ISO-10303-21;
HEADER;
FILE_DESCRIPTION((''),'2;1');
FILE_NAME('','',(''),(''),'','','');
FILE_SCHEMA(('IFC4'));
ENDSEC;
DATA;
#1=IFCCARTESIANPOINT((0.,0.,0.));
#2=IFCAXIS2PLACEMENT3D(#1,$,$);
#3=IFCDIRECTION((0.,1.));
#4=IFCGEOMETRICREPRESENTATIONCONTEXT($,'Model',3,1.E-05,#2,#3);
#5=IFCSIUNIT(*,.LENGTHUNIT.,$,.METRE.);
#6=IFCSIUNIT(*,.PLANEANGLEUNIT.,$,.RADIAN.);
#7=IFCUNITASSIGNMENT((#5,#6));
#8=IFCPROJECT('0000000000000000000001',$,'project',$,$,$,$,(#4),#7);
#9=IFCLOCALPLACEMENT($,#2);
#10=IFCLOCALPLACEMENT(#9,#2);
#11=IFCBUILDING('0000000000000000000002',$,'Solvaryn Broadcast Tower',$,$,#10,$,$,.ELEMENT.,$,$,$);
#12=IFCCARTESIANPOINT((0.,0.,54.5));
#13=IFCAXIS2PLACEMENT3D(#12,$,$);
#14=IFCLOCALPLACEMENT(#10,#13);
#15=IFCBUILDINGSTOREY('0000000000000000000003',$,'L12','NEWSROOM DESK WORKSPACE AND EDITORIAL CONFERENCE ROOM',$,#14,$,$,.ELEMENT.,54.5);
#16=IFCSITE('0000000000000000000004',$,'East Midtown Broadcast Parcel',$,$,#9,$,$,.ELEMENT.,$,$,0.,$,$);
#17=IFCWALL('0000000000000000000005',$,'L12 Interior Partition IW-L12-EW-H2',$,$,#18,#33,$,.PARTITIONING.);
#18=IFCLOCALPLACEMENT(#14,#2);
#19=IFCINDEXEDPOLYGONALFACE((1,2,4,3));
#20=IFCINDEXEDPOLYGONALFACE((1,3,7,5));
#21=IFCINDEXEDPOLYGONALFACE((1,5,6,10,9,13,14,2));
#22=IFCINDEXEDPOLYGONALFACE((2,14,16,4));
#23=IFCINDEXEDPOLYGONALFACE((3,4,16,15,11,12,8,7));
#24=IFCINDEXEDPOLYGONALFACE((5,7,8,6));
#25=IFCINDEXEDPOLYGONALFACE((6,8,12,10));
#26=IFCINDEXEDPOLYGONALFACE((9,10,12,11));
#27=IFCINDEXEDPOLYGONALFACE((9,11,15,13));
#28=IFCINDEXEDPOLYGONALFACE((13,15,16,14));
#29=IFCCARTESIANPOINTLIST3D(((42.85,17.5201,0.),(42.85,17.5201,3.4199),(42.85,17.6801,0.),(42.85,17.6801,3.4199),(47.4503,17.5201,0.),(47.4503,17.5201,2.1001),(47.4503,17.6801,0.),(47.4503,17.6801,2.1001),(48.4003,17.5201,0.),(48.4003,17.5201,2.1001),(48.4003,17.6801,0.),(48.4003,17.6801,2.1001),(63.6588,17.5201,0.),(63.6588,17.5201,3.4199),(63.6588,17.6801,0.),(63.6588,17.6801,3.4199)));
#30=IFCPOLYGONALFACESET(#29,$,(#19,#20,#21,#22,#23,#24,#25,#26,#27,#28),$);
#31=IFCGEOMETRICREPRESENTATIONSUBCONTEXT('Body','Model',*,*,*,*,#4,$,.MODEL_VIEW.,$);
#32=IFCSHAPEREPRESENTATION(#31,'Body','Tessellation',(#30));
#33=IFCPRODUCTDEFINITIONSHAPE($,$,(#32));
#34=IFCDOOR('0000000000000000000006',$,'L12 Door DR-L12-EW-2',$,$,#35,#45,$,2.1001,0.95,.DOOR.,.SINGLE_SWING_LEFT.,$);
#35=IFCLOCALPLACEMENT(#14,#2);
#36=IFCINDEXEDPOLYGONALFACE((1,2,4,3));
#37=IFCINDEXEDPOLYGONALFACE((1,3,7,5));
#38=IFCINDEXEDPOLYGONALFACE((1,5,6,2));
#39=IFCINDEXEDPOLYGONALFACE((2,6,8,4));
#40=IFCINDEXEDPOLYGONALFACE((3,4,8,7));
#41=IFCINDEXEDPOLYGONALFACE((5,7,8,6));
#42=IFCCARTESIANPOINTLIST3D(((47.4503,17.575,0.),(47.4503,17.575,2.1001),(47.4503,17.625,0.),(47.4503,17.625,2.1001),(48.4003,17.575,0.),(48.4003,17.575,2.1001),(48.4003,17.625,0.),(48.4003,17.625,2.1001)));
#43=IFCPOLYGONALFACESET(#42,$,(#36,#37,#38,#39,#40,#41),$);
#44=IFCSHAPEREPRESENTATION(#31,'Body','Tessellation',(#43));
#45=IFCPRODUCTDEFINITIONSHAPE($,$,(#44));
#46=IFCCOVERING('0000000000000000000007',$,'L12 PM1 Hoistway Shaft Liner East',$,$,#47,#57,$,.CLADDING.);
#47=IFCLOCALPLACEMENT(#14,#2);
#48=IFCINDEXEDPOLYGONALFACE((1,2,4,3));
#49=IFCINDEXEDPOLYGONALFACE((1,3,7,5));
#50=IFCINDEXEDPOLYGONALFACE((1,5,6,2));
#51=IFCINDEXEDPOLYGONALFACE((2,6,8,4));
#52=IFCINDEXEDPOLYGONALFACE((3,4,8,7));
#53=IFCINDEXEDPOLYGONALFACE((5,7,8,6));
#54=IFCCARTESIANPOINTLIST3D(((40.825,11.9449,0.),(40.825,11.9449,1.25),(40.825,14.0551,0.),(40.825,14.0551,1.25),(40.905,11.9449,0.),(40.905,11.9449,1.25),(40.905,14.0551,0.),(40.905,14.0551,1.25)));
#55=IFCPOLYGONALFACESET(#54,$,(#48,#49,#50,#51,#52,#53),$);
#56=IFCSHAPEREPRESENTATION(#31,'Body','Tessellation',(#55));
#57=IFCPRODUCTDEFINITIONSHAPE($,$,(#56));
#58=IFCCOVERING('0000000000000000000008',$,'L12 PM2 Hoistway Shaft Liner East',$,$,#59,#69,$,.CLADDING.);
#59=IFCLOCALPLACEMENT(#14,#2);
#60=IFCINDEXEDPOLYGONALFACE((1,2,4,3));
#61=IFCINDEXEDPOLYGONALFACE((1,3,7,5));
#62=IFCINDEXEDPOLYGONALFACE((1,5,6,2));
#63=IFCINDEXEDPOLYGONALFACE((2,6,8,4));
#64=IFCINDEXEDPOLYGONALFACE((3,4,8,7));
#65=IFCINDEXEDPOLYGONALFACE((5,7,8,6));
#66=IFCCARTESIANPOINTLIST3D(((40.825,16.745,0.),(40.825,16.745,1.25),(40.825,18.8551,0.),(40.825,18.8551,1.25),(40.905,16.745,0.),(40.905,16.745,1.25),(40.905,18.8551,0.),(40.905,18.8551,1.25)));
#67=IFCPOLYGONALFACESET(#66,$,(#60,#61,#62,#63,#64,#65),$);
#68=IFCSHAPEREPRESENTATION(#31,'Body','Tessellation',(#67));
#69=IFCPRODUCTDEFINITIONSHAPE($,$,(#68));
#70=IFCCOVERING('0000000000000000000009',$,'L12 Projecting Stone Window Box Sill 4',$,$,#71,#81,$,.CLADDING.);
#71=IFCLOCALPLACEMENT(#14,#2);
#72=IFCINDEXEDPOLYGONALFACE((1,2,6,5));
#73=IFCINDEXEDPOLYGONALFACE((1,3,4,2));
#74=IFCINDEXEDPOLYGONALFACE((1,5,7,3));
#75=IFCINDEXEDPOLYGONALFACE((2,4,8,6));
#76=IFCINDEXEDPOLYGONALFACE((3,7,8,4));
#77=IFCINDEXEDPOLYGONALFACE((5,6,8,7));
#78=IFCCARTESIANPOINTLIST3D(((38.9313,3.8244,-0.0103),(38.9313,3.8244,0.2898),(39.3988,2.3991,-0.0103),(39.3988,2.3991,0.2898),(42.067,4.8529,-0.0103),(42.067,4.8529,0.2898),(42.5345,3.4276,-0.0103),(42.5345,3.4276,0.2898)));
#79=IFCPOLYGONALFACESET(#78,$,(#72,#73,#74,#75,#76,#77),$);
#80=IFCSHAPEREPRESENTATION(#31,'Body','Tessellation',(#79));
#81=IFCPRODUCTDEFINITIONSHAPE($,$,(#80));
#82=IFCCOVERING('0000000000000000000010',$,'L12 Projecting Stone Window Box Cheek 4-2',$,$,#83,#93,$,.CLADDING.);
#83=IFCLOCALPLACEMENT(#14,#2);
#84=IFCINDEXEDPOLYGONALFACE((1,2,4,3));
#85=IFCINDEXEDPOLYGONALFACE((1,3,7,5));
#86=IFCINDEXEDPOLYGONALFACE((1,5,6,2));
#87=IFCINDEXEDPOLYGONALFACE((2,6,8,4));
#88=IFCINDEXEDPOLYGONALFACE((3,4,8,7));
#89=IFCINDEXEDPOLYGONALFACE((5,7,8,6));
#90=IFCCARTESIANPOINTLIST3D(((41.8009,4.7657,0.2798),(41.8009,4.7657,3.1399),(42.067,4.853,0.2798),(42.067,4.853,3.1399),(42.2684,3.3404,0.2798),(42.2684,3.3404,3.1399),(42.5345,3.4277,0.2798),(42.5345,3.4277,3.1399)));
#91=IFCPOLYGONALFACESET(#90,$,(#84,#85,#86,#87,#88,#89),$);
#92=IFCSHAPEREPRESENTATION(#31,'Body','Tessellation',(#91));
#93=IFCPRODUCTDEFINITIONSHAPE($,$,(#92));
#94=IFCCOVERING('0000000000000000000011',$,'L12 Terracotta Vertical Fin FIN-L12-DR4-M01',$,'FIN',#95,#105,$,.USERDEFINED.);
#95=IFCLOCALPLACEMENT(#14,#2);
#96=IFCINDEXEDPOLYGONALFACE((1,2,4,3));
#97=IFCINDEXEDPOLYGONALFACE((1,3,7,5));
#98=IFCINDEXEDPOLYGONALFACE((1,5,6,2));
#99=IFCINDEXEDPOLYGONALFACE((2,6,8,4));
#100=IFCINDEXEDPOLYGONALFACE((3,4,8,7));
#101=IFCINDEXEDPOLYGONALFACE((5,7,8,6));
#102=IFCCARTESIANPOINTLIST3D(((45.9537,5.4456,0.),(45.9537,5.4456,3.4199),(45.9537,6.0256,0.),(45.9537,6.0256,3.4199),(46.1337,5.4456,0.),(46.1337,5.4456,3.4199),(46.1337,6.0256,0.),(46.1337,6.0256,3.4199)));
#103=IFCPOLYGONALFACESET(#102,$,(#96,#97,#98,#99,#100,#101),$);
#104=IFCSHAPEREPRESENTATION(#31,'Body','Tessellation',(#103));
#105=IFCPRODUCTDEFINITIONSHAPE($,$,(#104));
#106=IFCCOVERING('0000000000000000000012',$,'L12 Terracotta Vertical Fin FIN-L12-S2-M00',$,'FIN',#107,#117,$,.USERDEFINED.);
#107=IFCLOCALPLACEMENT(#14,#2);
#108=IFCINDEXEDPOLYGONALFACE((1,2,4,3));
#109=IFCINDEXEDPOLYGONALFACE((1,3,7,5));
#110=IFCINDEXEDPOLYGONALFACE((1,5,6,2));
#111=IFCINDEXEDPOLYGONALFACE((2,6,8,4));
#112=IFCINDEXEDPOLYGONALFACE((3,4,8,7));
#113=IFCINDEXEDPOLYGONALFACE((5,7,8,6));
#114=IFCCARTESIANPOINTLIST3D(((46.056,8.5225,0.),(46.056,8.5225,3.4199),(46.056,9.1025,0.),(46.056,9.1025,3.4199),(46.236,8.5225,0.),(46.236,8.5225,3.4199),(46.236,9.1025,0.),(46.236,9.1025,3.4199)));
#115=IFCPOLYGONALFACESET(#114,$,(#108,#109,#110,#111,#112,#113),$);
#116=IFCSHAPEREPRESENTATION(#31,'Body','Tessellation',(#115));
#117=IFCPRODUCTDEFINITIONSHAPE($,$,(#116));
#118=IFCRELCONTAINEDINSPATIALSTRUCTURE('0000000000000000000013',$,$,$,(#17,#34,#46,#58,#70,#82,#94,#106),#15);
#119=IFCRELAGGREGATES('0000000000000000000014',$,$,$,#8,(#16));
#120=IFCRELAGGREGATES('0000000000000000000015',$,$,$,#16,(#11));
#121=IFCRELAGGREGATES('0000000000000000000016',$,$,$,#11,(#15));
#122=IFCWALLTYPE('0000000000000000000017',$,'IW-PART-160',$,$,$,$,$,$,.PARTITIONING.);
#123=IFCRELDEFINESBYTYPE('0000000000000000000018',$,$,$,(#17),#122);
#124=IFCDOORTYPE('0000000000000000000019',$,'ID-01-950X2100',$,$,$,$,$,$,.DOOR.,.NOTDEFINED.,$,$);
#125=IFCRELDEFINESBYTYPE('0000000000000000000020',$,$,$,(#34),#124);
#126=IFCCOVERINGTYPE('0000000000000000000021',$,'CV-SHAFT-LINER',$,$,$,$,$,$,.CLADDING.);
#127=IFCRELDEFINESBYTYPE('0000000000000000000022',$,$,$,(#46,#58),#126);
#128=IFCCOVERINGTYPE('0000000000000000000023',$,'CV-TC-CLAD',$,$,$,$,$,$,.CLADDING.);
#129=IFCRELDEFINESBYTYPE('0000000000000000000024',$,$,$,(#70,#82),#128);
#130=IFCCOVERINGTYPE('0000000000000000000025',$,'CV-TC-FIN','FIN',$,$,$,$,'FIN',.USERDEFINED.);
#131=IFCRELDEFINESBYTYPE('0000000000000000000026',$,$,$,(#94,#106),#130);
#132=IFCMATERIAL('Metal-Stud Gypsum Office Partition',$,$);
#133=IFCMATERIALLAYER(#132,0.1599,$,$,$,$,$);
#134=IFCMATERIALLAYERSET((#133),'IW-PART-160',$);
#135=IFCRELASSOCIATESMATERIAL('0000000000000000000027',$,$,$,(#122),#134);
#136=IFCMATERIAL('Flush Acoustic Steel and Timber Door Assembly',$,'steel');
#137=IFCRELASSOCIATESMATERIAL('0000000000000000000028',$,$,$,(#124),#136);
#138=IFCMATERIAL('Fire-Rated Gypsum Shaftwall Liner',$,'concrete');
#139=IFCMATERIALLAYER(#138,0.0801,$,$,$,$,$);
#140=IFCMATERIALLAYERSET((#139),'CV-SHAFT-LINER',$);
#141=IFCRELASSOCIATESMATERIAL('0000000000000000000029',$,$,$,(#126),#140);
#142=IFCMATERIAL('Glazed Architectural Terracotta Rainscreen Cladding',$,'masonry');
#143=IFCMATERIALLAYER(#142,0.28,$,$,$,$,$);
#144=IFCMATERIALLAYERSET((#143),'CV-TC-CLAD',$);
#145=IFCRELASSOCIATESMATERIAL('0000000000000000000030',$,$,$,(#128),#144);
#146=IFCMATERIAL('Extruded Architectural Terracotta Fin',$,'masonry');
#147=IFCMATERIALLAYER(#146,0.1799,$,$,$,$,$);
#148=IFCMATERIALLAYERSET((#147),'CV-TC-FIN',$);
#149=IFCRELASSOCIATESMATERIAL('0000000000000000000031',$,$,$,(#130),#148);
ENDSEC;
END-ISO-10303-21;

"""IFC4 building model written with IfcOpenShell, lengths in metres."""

from ifc_helpers import new_model, si_unit, direction, frame, frame_2d, origin, origin_2d, place, context, subcontext, project, spatial, rectangle, extrude, material, layer, layer_set, type_object, element, fill, save


model = new_model("IFC4")

# Units and contexts
model_context = context("Model", 3, precision=1e-05, world=origin(), true_north=direction((0.0, 1.0)))
body_context = subcontext(model_context, "Body", "Model", "MODEL_VIEW")
ifc_project = project(units=[si_unit("LENGTHUNIT", "METRE"), si_unit("PLANEANGLEUNIT", "RADIAN")], contexts=[model_context])

# Site, building, storey
site_placement = place(None, origin())
site = spatial("IfcSite", under=ifc_project, at=site_placement, Name="East Midtown Broadcast Parcel", CompositionType="ELEMENT", RefElevation=0.0)
building_placement = place(site_placement, origin())
building = spatial("IfcBuilding", under=site, at=building_placement, Name="Solvaryn Broadcast Tower", CompositionType="ELEMENT")
storey_placement = place(building_placement, frame((0.0, 0.0, 54.5)))
storey = spatial("IfcBuildingStorey", under=building, at=storey_placement, Name="L12", Description="NEWSROOM DESK WORKSPACE AND EDITORIAL CONFERENCE ROOM", CompositionType="ELEMENT", Elevation=54.5)

# Shared definitions
ifc_material_1 = material(Name="Metal-Stud Gypsum Office Partition")
ifc_layer_1 = layer(ifc_material_1, 0.1599)
ifc_layer_set_1 = layer_set([ifc_layer_1], Name="IW-PART-160")
wall_type_1 = type_object("IfcWallType", Name="IW-PART-160", PredefinedType="PARTITIONING", material=ifc_layer_set_1)

# Wall, opening, door
wall_1_placement = place(storey_placement, frame((42.8501, 17.6001, 0.0), z_axis=(0.0, 0.0, 1.0), x_axis=(1.0, 0.0, 0.0)))
wall_1 = element("IfcWall", 1, at=wall_1_placement, inside=storey, type_object=wall_type_1, Name="L12 Interior Partition IW-L12-EW-H2", PredefinedType="PARTITIONING", context=body_context, shape_type="SweptSolid", body=[
    extrude(rectangle(XDim=20.8088, YDim=0.1599, at=frame_2d((10.4043, 0.0))), origin(), (0.0, 0.0, 1.0), 3.4199),
])
opening_1_placement = place(wall_1_placement, frame((4.6001, 0.0, 0.0)))
opening_1 = element("IfcOpeningElement", 2, at=opening_1_placement, cuts=wall_1, PredefinedType="OPENING", context=body_context, shape_type="SweptSolid", body=[
    extrude(rectangle(XDim=0.95, YDim=2.1001, at=frame_2d((0.4751, 1.05))), frame((0.0, 0.0901, 0.0), z_axis=(0.0, -1.0, 0.0), x_axis=(1.0, 0.0, 0.0)), (0.0, 0.0, 1.0), 0.1799),
])
ifc_material_2 = material(Name="Flush Acoustic Steel and Timber Door Assembly", Category="steel")
door_type_1 = type_object("IfcDoorType", Name="ID-01-950X2100", OperationType="NOTDEFINED", PredefinedType="DOOR", material=ifc_material_2)
door_1_placement = place(opening_1_placement, origin())
door_1 = element("IfcDoor", 3, at=door_1_placement, inside=storey, type_object=door_type_1, Name="L12 Door DR-L12-EW-2", OperationType="SINGLE_SWING_LEFT", OverallHeight=2.1001, OverallWidth=0.95, PredefinedType="DOOR", context=body_context, shape_type="SweptSolid", body=[
    extrude(rectangle(XDim=0.95, YDim=2.1001, at=frame_2d((0.4751, 1.05))), frame((0.0, 0.0249, 0.0), z_axis=(0.0, -1.0, 0.0), x_axis=(1.0, 0.0, 0.0)), (0.0, 0.0, 1.0), 0.05),
])
fill(opening_1, door_1)

# Coverings
ifc_material_3 = material(Name="Fire-Rated Gypsum Shaftwall Liner", Category="concrete")
ifc_layer_2 = layer(ifc_material_3, 0.0801)
ifc_layer_set_2 = layer_set([ifc_layer_2], Name="CV-SHAFT-LINER")
covering_type_1 = type_object("IfcCoveringType", Name="CV-SHAFT-LINER", PredefinedType="CLADDING", material=ifc_layer_set_2)
for number, where, z_axis, x_axis, name in (
    (4, (40.865, 13.0, 0.0), (0.0, 0.0, 1.0), (1.0, 0.0, 0.0), "L12 PM1 Hoistway Shaft Liner East"),
    (5, (40.865, 17.8, 0.0), (0.0, 0.0, 1.0), (1.0, 0.0, 0.0), "L12 PM2 Hoistway Shaft Liner East"),
):
    element("IfcCovering", number, at=place(storey_placement, frame(where, z_axis=z_axis, x_axis=x_axis)), inside=storey, type_object=covering_type_1, Name=name, PredefinedType="CLADDING", context=body_context, shape_type="SweptSolid", body=[
        extrude(rectangle(XDim=0.0801, YDim=2.1101, at=origin_2d()), origin(), (0.0, 0.0, 1.0), 1.25),
    ])
ifc_material_4 = material(Name="Glazed Architectural Terracotta Rainscreen Cladding", Category="masonry")
ifc_layer_3 = layer(ifc_material_4, 0.28)
ifc_layer_set_3 = layer_set([ifc_layer_3], Name="CV-TC-CLAD")
covering_type_2 = type_object("IfcCoveringType", Name="CV-TC-CLAD", PredefinedType="CLADDING", material=ifc_layer_set_3)
covering_1_placement = place(storey_placement, frame((40.7329, 3.626, -0.0103), z_axis=(0.0, 0.0, 1.0), x_axis=(0.95019, 0.311672, 0.0)))
element("IfcCovering", 6, at=covering_1_placement, inside=storey, type_object=covering_type_2, Name="L12 Projecting Stone Window Box Sill 4", PredefinedType="CLADDING", context=body_context, shape_type="SweptSolid", body=[
    extrude(rectangle(XDim=3.3, YDim=1.5, at=origin_2d()), origin(), (0.0, 0.0, 1.0), 0.3),
])
covering_2_placement = place(storey_placement, frame((42.1677, 4.0967, 0.2798), z_axis=(0.0, 0.0, 1.0), x_axis=(0.95019, 0.311672, 0.0)))
element("IfcCovering", 7, at=covering_2_placement, inside=storey, type_object=covering_type_2, Name="L12 Projecting Stone Window Box Cheek 4-2", PredefinedType="CLADDING", context=body_context, shape_type="SweptSolid", body=[
    extrude(rectangle(XDim=0.28, YDim=1.5, at=origin_2d()), origin(), (0.0, 0.0, 1.0), 2.8601),
])
ifc_material_5 = material(Name="Extruded Architectural Terracotta Fin", Category="masonry")
ifc_layer_4 = layer(ifc_material_5, 0.1799)
ifc_layer_set_4 = layer_set([ifc_layer_4], Name="CV-TC-FIN")
covering_type_3 = type_object("IfcCoveringType", Name="CV-TC-FIN", Description="FIN", ElementType="FIN", PredefinedType="USERDEFINED", material=ifc_layer_set_4)
for number, where, z_axis, x_axis, name in (
    (8, (46.0437, 5.7356, 0.0), (0.0, 0.0, 1.0), (1.0, 0.0, 0.0), "L12 Terracotta Vertical Fin FIN-L12-DR4-M01"),
    (9, (46.146, 8.8125, 0.0), (0.0, 0.0, 1.0), (1.0, 0.0, 0.0), "L12 Terracotta Vertical Fin FIN-L12-S2-M00"),
):
    element("IfcCovering", number, at=place(storey_placement, frame(where, z_axis=z_axis, x_axis=x_axis)), inside=storey, type_object=covering_type_3, Name=name, ObjectType="FIN", PredefinedType="USERDEFINED", context=body_context, shape_type="SweptSolid", body=[
        extrude(rectangle(XDim=0.1799, YDim=0.5801, at=origin_2d()), origin(), (0.0, 0.0, 1.0), 3.4199),
    ])

save(model, "model.ifc")
